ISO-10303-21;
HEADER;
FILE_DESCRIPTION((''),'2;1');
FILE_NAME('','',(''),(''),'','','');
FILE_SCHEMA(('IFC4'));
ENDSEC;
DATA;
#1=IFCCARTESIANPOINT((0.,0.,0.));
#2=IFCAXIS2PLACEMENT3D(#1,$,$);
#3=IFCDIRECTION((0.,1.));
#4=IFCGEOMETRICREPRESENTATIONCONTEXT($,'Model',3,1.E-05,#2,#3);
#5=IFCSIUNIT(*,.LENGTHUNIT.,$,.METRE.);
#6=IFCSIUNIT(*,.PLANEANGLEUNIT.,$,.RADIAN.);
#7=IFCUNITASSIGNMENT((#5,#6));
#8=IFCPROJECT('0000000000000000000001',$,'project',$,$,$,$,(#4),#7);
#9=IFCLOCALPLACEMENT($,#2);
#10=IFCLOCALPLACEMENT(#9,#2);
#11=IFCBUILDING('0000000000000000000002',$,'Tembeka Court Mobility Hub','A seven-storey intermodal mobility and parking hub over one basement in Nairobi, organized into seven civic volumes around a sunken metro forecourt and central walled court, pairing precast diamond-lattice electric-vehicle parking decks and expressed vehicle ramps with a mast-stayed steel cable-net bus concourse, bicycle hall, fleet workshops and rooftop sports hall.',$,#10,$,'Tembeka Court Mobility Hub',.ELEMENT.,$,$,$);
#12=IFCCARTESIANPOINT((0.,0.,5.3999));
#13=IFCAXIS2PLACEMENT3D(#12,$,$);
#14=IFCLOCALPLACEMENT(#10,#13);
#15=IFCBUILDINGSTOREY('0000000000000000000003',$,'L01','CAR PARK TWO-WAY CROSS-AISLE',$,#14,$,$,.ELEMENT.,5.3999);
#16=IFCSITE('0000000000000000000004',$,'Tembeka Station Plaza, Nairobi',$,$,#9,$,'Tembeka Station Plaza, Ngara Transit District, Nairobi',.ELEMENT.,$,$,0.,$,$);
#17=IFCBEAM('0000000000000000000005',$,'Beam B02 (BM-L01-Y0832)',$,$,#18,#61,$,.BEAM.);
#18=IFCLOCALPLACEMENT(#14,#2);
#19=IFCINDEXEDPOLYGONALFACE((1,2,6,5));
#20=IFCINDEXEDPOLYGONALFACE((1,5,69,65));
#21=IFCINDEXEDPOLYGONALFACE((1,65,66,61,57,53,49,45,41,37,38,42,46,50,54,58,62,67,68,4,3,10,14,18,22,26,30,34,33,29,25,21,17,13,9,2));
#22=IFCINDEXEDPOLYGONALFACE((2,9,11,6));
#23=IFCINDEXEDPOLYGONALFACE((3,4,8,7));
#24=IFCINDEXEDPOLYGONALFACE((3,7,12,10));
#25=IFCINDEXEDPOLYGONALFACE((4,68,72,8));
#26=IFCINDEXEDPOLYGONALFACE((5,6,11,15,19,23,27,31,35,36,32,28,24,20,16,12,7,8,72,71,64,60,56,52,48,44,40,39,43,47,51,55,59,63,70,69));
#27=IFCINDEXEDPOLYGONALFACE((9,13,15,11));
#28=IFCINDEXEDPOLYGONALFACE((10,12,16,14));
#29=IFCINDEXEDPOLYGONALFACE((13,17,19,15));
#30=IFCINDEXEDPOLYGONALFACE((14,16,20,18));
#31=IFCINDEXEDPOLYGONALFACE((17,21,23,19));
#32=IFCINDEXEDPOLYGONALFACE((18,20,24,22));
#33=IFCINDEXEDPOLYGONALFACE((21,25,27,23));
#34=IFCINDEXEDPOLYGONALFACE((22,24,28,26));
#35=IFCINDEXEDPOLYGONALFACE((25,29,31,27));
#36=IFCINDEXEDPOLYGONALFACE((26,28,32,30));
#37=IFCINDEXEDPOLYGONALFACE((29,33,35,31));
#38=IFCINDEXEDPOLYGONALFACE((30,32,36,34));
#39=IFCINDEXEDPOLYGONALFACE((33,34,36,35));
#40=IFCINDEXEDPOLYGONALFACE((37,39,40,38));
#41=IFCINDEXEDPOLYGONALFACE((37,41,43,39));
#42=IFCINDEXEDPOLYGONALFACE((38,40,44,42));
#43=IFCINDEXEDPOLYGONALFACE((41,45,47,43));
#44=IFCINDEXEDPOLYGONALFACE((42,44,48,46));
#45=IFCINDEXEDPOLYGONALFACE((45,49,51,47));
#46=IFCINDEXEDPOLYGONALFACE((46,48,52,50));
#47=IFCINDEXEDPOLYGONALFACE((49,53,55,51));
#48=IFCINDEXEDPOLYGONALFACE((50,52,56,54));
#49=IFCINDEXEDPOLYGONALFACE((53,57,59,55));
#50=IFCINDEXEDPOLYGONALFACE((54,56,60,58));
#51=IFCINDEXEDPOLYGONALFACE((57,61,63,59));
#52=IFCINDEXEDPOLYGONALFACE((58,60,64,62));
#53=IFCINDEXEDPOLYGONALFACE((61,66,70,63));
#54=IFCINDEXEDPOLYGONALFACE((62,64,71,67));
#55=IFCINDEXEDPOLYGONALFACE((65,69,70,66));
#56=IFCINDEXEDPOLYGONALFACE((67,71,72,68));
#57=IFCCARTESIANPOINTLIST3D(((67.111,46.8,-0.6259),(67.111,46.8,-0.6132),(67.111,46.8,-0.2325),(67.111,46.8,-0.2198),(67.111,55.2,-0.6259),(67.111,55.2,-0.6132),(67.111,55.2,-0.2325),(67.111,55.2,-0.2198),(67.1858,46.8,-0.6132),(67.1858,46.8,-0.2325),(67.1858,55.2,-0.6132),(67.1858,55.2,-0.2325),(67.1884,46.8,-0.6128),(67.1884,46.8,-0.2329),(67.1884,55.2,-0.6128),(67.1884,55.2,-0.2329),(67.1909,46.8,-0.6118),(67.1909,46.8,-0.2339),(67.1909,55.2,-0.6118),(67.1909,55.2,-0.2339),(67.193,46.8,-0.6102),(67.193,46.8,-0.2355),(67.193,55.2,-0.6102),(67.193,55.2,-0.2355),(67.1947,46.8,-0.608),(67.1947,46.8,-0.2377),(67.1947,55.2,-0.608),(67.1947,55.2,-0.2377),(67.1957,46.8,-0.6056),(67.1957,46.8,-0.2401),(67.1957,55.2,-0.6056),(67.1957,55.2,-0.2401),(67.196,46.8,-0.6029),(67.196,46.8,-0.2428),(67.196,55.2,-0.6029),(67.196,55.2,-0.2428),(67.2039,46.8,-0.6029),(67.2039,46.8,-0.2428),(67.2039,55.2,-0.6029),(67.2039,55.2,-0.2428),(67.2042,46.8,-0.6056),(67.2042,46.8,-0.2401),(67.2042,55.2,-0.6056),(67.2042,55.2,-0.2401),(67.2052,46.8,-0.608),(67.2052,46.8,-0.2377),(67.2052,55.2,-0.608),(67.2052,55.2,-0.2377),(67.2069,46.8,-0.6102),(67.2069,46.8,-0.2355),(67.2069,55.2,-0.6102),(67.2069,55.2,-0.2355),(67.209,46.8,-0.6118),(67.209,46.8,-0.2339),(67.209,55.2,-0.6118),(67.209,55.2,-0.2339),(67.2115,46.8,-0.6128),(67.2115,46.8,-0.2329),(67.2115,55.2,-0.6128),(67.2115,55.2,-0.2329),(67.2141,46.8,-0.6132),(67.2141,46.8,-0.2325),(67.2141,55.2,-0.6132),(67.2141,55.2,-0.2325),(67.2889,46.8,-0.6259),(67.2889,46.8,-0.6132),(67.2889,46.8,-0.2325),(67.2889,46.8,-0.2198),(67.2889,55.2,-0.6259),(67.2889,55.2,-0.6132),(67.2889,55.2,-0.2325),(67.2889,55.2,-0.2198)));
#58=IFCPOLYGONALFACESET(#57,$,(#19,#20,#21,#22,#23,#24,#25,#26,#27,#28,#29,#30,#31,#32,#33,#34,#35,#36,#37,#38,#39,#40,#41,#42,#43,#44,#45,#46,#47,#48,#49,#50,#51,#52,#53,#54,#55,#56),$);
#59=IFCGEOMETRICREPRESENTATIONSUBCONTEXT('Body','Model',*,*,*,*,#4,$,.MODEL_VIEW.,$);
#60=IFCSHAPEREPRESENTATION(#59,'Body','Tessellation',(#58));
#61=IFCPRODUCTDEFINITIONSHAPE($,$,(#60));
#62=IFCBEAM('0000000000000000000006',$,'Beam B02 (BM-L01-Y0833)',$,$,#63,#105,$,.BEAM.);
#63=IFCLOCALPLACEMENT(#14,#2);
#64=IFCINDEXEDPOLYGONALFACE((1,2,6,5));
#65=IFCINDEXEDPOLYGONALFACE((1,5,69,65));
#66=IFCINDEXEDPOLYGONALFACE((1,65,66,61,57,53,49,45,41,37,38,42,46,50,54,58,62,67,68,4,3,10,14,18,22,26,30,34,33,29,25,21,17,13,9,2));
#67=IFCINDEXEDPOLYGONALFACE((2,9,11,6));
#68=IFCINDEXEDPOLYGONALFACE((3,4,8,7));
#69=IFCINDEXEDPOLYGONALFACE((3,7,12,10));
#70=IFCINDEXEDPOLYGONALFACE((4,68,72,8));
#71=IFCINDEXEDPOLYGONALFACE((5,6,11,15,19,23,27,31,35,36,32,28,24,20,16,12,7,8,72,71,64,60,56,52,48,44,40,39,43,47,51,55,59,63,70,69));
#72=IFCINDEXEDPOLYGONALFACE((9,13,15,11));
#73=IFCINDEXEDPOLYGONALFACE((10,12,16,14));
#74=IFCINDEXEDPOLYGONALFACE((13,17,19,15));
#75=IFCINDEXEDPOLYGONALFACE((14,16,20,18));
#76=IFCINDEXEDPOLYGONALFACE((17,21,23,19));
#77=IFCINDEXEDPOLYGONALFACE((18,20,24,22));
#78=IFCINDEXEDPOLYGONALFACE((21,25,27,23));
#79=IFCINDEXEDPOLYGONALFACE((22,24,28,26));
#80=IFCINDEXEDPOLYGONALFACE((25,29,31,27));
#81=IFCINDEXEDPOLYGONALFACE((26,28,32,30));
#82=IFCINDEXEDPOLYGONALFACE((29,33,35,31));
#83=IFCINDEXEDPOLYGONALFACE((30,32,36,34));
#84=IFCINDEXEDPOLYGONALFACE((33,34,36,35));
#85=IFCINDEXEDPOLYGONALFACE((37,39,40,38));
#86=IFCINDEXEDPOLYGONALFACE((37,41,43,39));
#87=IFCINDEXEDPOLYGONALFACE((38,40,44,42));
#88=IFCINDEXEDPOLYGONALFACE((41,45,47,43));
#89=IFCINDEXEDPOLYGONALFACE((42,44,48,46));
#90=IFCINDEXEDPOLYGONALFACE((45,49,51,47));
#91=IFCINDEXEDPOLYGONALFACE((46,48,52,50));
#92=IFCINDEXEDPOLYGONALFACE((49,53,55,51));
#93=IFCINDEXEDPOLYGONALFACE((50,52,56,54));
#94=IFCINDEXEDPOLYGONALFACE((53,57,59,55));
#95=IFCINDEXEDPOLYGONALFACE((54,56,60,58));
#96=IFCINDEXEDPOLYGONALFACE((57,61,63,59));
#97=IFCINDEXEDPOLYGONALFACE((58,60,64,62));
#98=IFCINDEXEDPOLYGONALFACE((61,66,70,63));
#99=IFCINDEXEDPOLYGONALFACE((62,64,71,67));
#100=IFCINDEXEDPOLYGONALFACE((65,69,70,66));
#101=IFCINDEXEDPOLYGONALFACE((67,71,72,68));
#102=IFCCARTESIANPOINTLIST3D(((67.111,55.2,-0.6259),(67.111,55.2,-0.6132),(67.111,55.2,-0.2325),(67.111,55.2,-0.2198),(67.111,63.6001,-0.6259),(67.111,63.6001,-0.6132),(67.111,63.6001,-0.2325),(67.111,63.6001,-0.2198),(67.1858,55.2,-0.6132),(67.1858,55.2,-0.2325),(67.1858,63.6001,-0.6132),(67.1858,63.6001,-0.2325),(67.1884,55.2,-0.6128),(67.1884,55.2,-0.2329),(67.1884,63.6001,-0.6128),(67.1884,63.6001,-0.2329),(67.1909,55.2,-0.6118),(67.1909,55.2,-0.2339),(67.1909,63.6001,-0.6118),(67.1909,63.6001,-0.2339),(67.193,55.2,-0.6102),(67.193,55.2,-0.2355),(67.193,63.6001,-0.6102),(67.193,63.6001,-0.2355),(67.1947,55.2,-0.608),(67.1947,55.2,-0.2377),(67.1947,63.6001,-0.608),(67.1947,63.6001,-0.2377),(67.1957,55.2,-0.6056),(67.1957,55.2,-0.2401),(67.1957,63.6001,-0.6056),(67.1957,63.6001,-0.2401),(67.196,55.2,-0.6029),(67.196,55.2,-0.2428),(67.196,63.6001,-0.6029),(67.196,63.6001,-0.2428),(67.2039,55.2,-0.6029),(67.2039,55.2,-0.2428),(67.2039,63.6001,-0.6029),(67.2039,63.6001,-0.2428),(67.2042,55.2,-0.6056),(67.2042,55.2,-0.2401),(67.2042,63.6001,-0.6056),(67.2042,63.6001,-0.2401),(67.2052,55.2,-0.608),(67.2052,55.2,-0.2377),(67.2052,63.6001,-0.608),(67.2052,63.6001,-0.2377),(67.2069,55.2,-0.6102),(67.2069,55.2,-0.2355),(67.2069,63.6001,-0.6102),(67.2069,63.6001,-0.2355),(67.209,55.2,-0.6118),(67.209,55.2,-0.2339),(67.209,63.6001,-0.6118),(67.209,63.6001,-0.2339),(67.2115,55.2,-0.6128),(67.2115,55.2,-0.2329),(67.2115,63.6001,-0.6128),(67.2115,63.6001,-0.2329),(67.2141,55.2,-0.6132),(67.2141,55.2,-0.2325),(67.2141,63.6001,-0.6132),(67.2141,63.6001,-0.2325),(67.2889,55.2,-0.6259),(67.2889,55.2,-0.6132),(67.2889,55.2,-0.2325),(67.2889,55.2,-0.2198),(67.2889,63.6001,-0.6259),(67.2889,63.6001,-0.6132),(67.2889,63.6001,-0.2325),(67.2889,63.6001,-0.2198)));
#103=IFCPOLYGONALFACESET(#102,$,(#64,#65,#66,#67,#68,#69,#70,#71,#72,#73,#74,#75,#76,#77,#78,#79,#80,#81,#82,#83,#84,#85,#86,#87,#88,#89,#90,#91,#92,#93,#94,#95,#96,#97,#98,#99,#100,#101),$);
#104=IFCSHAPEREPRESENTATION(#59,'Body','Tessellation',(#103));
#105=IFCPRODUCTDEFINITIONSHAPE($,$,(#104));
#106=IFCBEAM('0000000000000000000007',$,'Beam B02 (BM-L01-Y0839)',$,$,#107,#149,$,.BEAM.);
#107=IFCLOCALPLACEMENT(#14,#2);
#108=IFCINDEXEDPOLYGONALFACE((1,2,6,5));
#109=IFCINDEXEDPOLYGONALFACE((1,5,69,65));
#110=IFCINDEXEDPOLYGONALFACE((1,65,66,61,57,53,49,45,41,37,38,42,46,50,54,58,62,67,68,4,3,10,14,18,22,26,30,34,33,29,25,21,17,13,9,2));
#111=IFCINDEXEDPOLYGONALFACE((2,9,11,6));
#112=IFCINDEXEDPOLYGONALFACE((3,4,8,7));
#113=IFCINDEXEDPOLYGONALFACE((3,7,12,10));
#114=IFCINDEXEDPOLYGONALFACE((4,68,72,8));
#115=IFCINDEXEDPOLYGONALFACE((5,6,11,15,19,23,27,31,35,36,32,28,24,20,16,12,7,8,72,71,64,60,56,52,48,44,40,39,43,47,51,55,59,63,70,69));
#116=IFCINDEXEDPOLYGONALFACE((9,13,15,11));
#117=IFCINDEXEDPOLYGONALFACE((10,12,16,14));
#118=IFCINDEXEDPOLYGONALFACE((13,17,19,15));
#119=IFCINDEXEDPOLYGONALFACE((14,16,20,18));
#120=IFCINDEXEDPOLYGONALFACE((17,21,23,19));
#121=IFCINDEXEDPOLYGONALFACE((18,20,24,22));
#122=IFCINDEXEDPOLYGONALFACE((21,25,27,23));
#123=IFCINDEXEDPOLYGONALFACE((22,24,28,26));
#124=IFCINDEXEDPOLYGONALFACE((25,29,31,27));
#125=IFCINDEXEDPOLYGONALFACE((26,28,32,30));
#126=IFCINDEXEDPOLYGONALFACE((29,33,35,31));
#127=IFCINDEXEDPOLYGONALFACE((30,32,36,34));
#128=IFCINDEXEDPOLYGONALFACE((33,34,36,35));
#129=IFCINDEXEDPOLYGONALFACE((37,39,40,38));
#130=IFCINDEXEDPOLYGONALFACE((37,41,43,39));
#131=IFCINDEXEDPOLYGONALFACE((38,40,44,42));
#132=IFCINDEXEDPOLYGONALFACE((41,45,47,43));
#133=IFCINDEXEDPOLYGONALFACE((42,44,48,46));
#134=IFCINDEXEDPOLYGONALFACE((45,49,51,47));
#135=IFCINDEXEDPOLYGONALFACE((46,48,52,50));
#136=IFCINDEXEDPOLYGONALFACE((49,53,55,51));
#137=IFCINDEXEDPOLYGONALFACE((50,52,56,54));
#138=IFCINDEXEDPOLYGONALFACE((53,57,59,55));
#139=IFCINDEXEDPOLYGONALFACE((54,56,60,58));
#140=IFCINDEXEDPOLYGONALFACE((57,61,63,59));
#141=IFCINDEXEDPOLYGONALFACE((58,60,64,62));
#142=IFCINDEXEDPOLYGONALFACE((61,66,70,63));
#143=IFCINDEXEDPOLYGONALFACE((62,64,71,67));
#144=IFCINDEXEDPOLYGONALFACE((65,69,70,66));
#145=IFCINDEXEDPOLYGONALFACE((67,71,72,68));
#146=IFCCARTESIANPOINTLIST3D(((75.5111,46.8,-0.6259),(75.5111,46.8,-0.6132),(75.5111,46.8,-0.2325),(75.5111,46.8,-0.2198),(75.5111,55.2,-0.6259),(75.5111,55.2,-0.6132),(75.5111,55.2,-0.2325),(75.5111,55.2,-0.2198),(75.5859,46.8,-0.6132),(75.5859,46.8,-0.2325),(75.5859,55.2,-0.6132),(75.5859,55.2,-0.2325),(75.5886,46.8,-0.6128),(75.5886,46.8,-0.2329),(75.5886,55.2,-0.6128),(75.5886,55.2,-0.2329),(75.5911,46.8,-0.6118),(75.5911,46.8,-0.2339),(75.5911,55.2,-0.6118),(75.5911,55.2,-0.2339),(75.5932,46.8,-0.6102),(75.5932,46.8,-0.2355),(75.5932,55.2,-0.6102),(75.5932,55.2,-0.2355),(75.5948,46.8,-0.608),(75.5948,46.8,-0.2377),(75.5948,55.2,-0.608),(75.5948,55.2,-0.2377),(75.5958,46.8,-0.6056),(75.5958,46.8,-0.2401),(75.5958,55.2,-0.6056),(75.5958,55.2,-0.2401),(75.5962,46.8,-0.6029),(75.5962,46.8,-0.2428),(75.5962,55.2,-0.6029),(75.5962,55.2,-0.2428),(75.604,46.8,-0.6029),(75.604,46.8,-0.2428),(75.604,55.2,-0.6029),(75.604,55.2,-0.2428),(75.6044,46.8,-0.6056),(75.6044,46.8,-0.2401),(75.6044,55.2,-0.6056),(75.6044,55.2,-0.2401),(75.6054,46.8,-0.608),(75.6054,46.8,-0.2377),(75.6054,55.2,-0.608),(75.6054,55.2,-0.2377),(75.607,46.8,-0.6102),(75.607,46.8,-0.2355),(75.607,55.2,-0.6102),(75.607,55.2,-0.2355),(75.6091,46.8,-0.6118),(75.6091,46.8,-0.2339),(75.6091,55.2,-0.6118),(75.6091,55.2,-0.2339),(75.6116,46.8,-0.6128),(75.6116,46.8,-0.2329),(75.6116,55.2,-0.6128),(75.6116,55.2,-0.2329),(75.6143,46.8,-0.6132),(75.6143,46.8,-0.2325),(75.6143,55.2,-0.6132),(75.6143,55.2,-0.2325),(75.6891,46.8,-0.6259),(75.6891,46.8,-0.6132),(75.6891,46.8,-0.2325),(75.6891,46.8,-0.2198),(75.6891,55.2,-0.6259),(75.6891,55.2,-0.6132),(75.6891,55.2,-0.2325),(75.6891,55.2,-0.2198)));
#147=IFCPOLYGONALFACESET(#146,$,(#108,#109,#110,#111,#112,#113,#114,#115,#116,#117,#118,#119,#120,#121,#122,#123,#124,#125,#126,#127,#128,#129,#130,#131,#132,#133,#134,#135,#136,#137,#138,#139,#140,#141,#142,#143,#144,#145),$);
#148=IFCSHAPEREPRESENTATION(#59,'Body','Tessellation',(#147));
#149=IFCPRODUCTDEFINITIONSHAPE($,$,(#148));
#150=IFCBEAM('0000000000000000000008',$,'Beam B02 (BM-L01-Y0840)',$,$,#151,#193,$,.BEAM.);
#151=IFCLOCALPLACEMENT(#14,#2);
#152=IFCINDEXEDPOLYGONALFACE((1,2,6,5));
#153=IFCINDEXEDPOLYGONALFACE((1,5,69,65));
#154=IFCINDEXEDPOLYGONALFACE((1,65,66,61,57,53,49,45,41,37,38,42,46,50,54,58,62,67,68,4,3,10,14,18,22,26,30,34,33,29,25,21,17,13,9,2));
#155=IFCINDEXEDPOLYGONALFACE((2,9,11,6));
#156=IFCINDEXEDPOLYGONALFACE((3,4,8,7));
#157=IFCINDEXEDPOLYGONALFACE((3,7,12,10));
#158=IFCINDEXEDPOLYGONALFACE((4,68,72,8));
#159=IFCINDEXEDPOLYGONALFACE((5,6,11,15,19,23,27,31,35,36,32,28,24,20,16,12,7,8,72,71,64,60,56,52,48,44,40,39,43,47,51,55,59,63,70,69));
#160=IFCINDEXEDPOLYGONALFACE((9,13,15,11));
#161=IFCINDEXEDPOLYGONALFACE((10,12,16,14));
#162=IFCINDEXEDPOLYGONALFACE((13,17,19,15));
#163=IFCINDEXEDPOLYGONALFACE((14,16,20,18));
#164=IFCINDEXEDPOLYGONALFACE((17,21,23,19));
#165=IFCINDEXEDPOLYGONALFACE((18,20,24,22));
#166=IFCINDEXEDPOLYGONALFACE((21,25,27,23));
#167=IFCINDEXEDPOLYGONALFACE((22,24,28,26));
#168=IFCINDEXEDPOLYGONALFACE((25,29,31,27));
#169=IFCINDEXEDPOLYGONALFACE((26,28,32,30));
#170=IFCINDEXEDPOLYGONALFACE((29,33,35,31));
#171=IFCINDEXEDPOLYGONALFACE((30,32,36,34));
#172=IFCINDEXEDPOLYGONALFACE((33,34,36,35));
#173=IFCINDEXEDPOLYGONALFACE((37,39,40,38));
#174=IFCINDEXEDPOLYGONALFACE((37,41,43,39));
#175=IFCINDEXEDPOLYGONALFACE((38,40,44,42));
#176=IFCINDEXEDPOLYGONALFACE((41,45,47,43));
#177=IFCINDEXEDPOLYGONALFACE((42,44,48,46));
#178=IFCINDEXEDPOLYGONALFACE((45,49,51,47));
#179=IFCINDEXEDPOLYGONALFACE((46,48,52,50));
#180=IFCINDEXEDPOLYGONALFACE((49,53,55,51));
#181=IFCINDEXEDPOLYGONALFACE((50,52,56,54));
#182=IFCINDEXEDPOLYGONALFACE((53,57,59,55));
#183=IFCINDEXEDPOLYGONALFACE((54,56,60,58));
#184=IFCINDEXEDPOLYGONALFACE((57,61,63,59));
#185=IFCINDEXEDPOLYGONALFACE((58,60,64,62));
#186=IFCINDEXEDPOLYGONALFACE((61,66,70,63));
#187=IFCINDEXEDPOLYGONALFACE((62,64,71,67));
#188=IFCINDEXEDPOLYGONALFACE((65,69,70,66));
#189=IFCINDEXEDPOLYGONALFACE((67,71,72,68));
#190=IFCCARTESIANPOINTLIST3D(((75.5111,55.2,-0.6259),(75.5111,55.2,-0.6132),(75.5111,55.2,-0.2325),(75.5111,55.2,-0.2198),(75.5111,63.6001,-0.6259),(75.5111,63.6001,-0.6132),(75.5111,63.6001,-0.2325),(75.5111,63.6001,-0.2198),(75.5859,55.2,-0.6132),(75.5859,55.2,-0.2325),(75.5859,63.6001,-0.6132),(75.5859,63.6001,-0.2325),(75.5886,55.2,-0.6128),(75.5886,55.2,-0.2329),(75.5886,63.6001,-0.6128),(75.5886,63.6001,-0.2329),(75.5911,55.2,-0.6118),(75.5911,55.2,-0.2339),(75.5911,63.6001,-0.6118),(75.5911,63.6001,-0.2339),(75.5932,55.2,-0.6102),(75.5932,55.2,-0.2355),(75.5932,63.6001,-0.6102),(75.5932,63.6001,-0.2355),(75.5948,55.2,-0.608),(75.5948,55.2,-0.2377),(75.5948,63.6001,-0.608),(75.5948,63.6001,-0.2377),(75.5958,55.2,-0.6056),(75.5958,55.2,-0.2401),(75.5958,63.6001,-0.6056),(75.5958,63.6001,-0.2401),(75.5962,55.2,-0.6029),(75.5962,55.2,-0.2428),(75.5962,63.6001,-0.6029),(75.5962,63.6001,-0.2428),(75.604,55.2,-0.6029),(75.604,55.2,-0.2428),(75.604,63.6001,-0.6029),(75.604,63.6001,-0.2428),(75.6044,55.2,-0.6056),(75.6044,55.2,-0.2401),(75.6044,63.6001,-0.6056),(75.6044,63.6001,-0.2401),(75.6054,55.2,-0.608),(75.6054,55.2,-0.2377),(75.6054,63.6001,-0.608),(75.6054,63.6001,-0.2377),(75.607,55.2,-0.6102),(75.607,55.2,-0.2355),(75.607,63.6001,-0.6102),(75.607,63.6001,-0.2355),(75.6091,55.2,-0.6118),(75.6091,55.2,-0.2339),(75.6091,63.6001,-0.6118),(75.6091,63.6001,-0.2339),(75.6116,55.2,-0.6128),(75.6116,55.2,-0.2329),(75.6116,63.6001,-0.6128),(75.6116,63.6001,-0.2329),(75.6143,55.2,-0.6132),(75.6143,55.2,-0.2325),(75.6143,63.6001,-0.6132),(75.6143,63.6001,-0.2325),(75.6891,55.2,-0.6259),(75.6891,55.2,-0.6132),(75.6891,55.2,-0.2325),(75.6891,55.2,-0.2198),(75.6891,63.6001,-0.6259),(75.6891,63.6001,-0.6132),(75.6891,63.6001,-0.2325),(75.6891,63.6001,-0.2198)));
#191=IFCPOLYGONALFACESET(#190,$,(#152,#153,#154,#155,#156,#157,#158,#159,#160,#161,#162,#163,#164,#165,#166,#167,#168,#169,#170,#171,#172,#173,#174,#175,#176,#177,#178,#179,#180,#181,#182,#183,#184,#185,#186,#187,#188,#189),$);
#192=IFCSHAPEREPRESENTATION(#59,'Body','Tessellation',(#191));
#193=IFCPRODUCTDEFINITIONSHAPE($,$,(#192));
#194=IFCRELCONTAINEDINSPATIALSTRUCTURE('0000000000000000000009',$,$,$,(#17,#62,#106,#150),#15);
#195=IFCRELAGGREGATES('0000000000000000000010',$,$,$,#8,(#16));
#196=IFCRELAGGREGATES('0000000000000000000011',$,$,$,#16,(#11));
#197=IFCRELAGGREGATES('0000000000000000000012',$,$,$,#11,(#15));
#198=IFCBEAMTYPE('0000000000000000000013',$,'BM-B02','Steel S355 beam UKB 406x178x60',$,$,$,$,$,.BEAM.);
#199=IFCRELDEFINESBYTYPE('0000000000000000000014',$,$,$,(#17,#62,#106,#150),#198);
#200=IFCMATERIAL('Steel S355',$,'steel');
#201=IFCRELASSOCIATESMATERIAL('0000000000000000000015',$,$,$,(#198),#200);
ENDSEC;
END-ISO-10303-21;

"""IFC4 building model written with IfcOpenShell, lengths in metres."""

from ifc_helpers import new_model, si_unit, direction, frame, origin, origin_2d, place, context, subcontext, project, spatial, i_section, extrude, material, material_profile, profile_set, type_object, element, save


model = new_model("IFC4")

# Units and contexts
model_context = context("Model", 3, precision=1e-05, world=origin(), true_north=direction((0.0, 1.0)))
body_context = subcontext(model_context, "Body", "Model", "MODEL_VIEW")
ifc_project = project(units=[si_unit("LENGTHUNIT", "METRE"), si_unit("PLANEANGLEUNIT", "RADIAN")], contexts=[model_context])

# Site, building, storey
site_placement = place(None, origin())
site = spatial("IfcSite", under=ifc_project, at=site_placement, Name="Tembeka Station Plaza, Nairobi", LongName="Tembeka Station Plaza, Ngara Transit District, Nairobi", CompositionType="ELEMENT", RefElevation=0.0)
building_placement = place(site_placement, origin())
building = spatial("IfcBuilding", under=site, at=building_placement, Name="Tembeka Court Mobility Hub", Description="A seven-storey intermodal mobility and parking hub over one basement in Nairobi, organized into seven civic volumes around a sunken metro forecourt and central walled court, pairing precast diamond-lattice electric-vehicle parking decks and expressed vehicle ramps with a mast-stayed steel cable-net bus concourse, bicycle hall, fleet workshops and rooftop sports hall.", LongName="Tembeka Court Mobility Hub", CompositionType="ELEMENT")
storey_placement = place(building_placement, frame((0.0, 0.0, 5.3999)))
storey = spatial("IfcBuildingStorey", under=building, at=storey_placement, Name="L01", Description="CAR PARK TWO-WAY CROSS-AISLE", CompositionType="ELEMENT", Elevation=5.3999)

# Shared definitions
ifc_material_1 = material(Name="Steel S355", Category="steel")

# Beams
ifc_material_profile_1 = material_profile(ifc_material_1, i_section(OverallWidth=0.178, OverallDepth=0.406, WebThickness=0.0078, FlangeThickness=0.0127, FilletRadius=0.0103, at=origin_2d()), Name="UKB 406x178x60")
ifc_profile_set_1 = profile_set([ifc_material_profile_1], Name="Steel S355")
beam_type_1 = type_object("IfcBeamType", Name="BM-B02", Description="Steel S355 beam UKB 406x178x60", PredefinedType="BEAM", material=ifc_profile_set_1)
beam_1_placement = place(storey_placement, frame((67.2, 46.8, -0.4229), z_axis=(0.0, 1.0, 0.0), x_axis=(-1.0, 0.0, 0.0)))
element("IfcBeam", 1, at=beam_1_placement, inside=storey, type_object=beam_type_1, Name="Beam B02 (BM-L01-Y0832)", PredefinedType="BEAM", context=body_context, shape_type="SweptSolid", body=[
    extrude(i_section(OverallWidth=0.178, OverallDepth=0.406, WebThickness=0.0078, FlangeThickness=0.0127, FilletRadius=0.0103, at=origin_2d()), origin(), (0.0, 0.0, 1.0), 8.3999),
])
beam_2_placement = place(storey_placement, frame((67.2, 55.2, -0.4229), z_axis=(0.0, 1.0, 0.0), x_axis=(-1.0, 0.0, 0.0)))
element("IfcBeam", 2, at=beam_2_placement, inside=storey, type_object=beam_type_1, Name="Beam B02 (BM-L01-Y0833)", PredefinedType="BEAM", context=body_context, shape_type="SweptSolid", body=[
    extrude(i_section(OverallWidth=0.178, OverallDepth=0.406, WebThickness=0.0078, FlangeThickness=0.0127, FilletRadius=0.0103, at=origin_2d()), origin(), (0.0, 0.0, 1.0), 8.4001),
])
beam_3_placement = place(storey_placement, frame((75.6001, 46.8, -0.4229), z_axis=(0.0, 1.0, 0.0), x_axis=(-1.0, 0.0, 0.0)))
element("IfcBeam", 3, at=beam_3_placement, inside=storey, type_object=beam_type_1, Name="Beam B02 (BM-L01-Y0839)", PredefinedType="BEAM", context=body_context, shape_type="SweptSolid", body=[
    extrude(i_section(OverallWidth=0.178, OverallDepth=0.406, WebThickness=0.0078, FlangeThickness=0.0127, FilletRadius=0.0103, at=origin_2d()), origin(), (0.0, 0.0, 1.0), 8.3999),
])
beam_4_placement = place(storey_placement, frame((75.6001, 55.2, -0.4229), z_axis=(0.0, 1.0, 0.0), x_axis=(-1.0, 0.0, 0.0)))
element("IfcBeam", 4, at=beam_4_placement, inside=storey, type_object=beam_type_1, Name="Beam B02 (BM-L01-Y0840)", PredefinedType="BEAM", context=body_context, shape_type="SweptSolid", body=[
    extrude(i_section(OverallWidth=0.178, OverallDepth=0.406, WebThickness=0.0078, FlangeThickness=0.0127, FilletRadius=0.0103, at=origin_2d()), origin(), (0.0, 0.0, 1.0), 8.4001),
])

save(model, "model.ifc")
